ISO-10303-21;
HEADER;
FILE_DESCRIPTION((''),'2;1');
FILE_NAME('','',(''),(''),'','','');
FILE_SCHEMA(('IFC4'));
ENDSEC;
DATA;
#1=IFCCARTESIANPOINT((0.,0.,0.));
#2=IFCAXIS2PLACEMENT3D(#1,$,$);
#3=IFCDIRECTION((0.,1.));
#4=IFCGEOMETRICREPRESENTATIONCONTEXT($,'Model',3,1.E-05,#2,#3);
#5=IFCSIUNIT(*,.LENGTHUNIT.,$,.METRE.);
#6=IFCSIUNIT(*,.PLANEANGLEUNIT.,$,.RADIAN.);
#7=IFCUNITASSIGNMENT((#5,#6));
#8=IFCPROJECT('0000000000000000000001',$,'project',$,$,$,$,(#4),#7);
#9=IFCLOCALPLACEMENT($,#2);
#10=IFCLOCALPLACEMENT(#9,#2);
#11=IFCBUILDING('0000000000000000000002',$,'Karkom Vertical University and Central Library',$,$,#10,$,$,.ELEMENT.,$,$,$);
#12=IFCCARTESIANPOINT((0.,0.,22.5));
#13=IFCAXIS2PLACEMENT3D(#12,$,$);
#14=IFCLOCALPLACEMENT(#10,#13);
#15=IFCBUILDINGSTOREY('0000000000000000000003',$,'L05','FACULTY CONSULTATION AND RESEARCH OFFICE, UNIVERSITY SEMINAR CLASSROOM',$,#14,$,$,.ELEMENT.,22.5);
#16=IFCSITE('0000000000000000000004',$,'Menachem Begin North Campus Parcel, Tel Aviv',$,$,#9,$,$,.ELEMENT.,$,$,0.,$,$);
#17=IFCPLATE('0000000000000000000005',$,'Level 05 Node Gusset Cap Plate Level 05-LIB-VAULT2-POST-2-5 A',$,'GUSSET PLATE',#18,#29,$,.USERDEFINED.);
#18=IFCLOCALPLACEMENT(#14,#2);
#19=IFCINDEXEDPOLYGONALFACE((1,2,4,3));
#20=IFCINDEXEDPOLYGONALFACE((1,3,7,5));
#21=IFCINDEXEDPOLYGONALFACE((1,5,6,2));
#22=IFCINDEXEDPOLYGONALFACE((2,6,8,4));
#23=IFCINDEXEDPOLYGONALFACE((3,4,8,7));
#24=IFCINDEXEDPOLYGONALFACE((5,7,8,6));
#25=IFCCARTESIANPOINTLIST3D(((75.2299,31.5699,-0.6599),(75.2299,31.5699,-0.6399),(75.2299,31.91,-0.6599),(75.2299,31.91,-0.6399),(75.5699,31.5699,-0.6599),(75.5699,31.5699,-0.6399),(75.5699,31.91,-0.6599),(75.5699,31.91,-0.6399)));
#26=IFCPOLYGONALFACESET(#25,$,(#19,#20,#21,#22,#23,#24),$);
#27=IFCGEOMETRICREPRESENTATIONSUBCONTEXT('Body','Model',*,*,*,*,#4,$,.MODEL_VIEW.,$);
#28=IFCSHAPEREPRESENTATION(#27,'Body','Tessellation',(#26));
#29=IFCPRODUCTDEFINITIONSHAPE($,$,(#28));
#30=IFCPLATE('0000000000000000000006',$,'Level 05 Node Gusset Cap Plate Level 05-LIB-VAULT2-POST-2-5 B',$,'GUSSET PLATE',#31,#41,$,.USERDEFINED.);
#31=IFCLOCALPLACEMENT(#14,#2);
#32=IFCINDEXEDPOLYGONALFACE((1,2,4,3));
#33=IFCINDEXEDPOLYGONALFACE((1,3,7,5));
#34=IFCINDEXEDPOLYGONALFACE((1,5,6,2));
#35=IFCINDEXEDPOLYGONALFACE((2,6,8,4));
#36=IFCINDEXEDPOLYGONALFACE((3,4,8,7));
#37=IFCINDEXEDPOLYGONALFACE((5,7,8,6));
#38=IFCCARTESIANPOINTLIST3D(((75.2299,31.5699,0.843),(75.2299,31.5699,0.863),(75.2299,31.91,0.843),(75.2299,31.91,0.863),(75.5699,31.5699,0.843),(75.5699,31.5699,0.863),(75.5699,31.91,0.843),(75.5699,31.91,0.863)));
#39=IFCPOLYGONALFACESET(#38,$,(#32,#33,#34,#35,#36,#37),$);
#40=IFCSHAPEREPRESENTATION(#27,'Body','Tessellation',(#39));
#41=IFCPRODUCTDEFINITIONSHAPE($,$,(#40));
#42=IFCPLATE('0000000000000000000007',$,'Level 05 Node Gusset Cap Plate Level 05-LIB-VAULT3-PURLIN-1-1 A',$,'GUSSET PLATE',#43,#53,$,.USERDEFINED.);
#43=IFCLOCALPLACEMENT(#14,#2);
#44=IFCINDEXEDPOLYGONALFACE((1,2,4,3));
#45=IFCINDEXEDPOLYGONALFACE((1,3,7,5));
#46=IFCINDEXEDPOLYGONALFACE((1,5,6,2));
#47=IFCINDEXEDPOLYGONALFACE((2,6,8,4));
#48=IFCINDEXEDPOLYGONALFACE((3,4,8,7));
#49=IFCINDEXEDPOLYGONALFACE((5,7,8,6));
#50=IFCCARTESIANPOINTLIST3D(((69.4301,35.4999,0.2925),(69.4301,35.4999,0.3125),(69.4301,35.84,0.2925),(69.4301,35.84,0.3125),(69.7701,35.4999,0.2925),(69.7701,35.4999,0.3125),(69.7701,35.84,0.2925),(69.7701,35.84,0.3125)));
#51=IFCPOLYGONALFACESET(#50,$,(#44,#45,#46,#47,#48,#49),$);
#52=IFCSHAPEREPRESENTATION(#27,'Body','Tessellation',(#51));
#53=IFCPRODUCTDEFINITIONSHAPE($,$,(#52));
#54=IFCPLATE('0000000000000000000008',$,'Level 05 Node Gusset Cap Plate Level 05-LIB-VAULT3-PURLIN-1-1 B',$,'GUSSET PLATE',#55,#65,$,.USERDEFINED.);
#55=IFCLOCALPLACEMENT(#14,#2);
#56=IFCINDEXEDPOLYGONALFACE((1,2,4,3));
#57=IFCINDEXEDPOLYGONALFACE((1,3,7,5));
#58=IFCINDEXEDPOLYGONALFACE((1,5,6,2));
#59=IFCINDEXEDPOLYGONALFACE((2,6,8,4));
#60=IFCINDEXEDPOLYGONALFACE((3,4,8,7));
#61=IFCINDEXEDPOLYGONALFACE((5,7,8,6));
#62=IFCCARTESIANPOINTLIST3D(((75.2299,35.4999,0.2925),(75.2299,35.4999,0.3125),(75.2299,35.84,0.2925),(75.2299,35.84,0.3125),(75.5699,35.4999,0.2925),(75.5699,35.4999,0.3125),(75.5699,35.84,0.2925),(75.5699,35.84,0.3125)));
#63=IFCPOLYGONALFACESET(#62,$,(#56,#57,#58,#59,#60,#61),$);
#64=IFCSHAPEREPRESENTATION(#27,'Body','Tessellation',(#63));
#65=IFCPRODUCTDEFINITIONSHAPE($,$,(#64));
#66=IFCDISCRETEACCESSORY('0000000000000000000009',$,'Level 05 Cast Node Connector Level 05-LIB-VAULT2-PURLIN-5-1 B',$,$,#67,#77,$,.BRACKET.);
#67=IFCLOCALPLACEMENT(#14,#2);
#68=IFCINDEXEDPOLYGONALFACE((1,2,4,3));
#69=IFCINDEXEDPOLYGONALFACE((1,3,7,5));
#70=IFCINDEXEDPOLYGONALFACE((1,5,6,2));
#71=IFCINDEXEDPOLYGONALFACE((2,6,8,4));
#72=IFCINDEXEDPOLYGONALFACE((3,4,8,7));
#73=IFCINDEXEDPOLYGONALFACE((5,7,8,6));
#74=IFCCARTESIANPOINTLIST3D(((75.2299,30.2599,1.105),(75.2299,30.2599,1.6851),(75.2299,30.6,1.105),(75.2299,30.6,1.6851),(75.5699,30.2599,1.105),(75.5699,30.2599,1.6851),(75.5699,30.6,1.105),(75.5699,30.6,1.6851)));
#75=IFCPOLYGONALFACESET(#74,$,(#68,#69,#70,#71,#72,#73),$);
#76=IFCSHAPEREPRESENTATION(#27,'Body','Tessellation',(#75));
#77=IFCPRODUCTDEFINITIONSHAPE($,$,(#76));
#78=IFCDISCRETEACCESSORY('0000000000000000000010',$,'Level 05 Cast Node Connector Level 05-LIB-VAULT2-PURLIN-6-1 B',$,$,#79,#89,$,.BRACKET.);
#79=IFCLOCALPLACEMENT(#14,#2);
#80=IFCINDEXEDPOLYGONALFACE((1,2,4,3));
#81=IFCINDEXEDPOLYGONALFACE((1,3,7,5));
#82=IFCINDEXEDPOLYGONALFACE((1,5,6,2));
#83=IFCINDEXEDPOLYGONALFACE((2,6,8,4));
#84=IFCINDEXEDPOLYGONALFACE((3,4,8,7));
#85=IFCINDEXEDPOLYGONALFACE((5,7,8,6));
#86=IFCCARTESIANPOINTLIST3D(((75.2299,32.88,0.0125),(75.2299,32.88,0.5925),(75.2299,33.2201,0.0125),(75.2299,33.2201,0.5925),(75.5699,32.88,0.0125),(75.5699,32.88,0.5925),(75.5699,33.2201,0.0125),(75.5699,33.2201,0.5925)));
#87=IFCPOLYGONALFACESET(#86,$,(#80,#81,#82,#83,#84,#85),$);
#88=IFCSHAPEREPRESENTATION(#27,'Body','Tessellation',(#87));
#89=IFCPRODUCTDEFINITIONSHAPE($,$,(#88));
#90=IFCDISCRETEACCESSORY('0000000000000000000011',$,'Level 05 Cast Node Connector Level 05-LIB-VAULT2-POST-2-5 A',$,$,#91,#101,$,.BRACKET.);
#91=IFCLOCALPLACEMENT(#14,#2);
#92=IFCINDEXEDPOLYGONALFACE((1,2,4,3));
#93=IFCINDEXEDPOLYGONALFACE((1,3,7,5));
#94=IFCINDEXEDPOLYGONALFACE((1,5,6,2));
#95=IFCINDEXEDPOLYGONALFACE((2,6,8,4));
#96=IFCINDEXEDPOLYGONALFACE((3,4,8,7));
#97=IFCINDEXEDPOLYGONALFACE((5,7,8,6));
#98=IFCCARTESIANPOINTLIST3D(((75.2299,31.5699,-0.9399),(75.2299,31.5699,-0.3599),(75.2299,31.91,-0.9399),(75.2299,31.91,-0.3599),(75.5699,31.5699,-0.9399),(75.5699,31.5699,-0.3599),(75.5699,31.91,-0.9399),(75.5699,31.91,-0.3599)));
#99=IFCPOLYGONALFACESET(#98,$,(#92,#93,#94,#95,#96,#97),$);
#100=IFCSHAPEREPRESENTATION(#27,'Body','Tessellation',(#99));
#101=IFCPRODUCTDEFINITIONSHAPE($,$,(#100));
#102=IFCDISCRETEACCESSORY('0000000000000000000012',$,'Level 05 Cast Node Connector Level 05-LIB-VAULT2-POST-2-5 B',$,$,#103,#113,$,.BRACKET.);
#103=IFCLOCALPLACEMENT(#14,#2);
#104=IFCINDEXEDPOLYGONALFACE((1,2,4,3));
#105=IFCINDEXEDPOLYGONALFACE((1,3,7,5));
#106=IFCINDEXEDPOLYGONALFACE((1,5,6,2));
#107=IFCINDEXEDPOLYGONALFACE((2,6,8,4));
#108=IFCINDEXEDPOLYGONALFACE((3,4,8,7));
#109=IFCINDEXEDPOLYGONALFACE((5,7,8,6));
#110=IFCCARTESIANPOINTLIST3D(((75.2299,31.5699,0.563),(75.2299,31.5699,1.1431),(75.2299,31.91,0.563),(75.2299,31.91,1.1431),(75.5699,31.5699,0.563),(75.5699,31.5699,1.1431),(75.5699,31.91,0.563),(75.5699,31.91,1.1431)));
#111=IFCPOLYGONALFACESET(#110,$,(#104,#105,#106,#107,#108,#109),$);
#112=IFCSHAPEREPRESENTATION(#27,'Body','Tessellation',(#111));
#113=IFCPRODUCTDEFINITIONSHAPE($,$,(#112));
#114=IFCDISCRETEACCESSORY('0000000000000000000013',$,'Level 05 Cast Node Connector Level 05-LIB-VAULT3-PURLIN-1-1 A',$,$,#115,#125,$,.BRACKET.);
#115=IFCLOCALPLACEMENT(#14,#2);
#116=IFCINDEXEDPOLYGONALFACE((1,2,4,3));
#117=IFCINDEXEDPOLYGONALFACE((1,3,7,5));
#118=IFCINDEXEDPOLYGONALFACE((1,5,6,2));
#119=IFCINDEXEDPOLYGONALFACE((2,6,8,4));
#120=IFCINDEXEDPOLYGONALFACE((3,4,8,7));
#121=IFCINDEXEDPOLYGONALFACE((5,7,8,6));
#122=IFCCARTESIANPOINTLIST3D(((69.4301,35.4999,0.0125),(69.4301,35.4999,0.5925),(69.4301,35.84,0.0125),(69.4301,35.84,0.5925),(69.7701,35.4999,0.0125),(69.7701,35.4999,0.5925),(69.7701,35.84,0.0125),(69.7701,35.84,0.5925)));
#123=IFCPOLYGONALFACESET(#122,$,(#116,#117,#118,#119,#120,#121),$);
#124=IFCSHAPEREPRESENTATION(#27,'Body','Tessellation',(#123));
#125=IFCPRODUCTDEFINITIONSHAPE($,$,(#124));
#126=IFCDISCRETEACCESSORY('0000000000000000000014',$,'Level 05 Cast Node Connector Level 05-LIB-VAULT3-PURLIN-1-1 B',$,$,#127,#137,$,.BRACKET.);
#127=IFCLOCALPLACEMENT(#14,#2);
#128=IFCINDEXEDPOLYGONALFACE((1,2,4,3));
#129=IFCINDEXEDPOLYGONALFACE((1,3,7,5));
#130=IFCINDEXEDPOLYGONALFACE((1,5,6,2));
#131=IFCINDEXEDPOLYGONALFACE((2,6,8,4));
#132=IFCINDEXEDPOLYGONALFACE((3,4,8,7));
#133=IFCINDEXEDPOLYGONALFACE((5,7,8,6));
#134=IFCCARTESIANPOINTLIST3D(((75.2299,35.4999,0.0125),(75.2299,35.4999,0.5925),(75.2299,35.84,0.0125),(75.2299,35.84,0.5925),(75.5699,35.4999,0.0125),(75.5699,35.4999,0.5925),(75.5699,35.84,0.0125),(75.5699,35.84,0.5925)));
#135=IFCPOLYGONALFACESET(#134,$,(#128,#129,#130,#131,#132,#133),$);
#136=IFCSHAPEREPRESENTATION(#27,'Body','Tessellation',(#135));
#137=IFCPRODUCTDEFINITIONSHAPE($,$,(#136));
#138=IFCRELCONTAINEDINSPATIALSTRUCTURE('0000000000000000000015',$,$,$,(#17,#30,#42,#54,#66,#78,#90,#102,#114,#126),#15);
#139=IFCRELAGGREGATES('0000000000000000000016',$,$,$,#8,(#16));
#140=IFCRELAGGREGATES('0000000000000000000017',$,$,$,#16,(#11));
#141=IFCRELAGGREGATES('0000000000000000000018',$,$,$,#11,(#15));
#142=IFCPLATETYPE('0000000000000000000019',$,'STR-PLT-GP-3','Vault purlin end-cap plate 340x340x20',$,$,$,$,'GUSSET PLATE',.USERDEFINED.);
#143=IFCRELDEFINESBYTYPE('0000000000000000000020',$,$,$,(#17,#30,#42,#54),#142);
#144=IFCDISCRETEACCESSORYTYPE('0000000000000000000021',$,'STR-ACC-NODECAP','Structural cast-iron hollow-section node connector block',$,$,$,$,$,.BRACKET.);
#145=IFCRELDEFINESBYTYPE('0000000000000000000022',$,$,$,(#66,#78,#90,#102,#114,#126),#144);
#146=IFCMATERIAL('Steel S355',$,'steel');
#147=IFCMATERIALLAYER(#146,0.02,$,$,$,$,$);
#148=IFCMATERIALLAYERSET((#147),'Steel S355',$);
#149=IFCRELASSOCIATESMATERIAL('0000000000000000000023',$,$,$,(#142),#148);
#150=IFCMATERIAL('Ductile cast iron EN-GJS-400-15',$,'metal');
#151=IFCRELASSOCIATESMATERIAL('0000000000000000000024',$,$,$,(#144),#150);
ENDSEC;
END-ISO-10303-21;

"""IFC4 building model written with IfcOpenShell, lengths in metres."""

from ifc_helpers import new_model, si_unit, direction, frame, origin, origin_with_axes, origin_2d, place, context, subcontext, project, spatial, rectangle, extrude, source, transform, mapped, material, layer, layer_set, type_object, element, save


model = new_model("IFC4")

# Units and contexts
model_context = context("Model", 3, precision=1e-05, world=origin(), true_north=direction((0.0, 1.0)))
body_context = subcontext(model_context, "Body", "Model", "MODEL_VIEW")
ifc_project = project(units=[si_unit("LENGTHUNIT", "METRE"), si_unit("PLANEANGLEUNIT", "RADIAN")], contexts=[model_context])

# Site, building, storey
site_placement = place(None, origin())
site = spatial("IfcSite", under=ifc_project, at=site_placement, Name="Menachem Begin North Campus Parcel, Tel Aviv", CompositionType="ELEMENT", RefElevation=0.0)
building_placement = place(site_placement, origin())
building = spatial("IfcBuilding", under=site, at=building_placement, Name="Karkom Vertical University and Central Library", CompositionType="ELEMENT")
storey_placement = place(building_placement, frame((0.0, 0.0, 22.5)))
storey = spatial("IfcBuildingStorey", under=building, at=storey_placement, Name="L05", Description="FACULTY CONSULTATION AND RESEARCH OFFICE, UNIVERSITY SEMINAR CLASSROOM", CompositionType="ELEMENT", Elevation=22.5)

# Shared definitions
ifc_material_1 = material(Name="Steel S355", Category="steel")

# Plates
ifc_layer = layer(ifc_material_1, 0.02)
ifc_layer_set = layer_set([ifc_layer], Name="Steel S355")
plate_type = type_object("IfcPlateType", Name="STR-PLT-GP-3", Description="Vault purlin end-cap plate 340x340x20", ElementType="GUSSET PLATE", PredefinedType="USERDEFINED", material=ifc_layer_set)
shared_shape_1 = source(origin_with_axes(), body_context, "Body", "SweptSolid", [
    extrude(rectangle(XDim=0.3401, YDim=0.3401, at=origin_2d()), origin(), (0.0, 0.0, 1.0), 0.02),
])
for number, where, z_axis, x_axis, name in (
    (1, (75.3999, 31.74, -0.6599), (0.0, 0.0, 1.0), (1.0, 0.0, 0.0), "Level 05 Node Gusset Cap Plate Level 05-LIB-VAULT2-POST-2-5 A"),
    (2, (75.3999, 31.74, 0.843), (0.0, 0.0, 1.0), (1.0, 0.0, 0.0), "Level 05 Node Gusset Cap Plate Level 05-LIB-VAULT2-POST-2-5 B"),
    (3, (69.6001, 35.6699, 0.2925), (0.0, 0.0, 1.0), (1.0, 0.0, 0.0), "Level 05 Node Gusset Cap Plate Level 05-LIB-VAULT3-PURLIN-1-1 A"),
    (4, (75.3999, 35.6699, 0.2925), (0.0, 0.0, 1.0), (1.0, 0.0, 0.0), "Level 05 Node Gusset Cap Plate Level 05-LIB-VAULT3-PURLIN-1-1 B"),
):
    element("IfcPlate", number, at=place(storey_placement, frame(where, z_axis=z_axis, x_axis=x_axis)), inside=storey, type_object=plate_type, Name=name, ObjectType="GUSSET PLATE", PredefinedType="USERDEFINED", context=body_context, shape_type="MappedRepresentation", body=[
        mapped(shared_shape_1, transform((0.0, 0.0, 0.0), scale=1.0)),
    ])

# Discrete accessories
ifc_material_2 = material(Name="Ductile cast iron EN-GJS-400-15", Category="metal")
discrete_accessory_type = type_object("IfcDiscreteAccessoryType", Name="STR-ACC-NODECAP", Description="Structural cast-iron hollow-section node connector block", PredefinedType="BRACKET", material=ifc_material_2)
shared_shape_2 = source(origin_with_axes(), body_context, "Body", "SweptSolid", [
    extrude(rectangle(XDim=0.3401, YDim=0.3401, at=origin_2d()), origin(), (0.0, 0.0, 1.0), 0.5801),
])
for number, where, z_axis, x_axis, name in (
    (5, (75.3999, 30.4299, 1.105), (0.0, 0.0, 1.0), (1.0, 0.0, 0.0), "Level 05 Cast Node Connector Level 05-LIB-VAULT2-PURLIN-5-1 B"),
    (6, (75.3999, 33.05, 0.0125), (0.0, 0.0, 1.0), (1.0, 0.0, 0.0), "Level 05 Cast Node Connector Level 05-LIB-VAULT2-PURLIN-6-1 B"),
    (7, (75.3999, 31.74, -0.9399), (0.0, 0.0, 1.0), (1.0, 0.0, 0.0), "Level 05 Cast Node Connector Level 05-LIB-VAULT2-POST-2-5 A"),
    (8, (75.3999, 31.74, 0.563), (0.0, 0.0, 1.0), (1.0, 0.0, 0.0), "Level 05 Cast Node Connector Level 05-LIB-VAULT2-POST-2-5 B"),
    (9, (69.6001, 35.6699, 0.0125), (0.0, 0.0, 1.0), (1.0, 0.0, 0.0), "Level 05 Cast Node Connector Level 05-LIB-VAULT3-PURLIN-1-1 A"),
    (10, (75.3999, 35.6699, 0.0125), (0.0, 0.0, 1.0), (1.0, 0.0, 0.0), "Level 05 Cast Node Connector Level 05-LIB-VAULT3-PURLIN-1-1 B"),
):
    element("IfcDiscreteAccessory", number, at=place(storey_placement, frame(where, z_axis=z_axis, x_axis=x_axis)), inside=storey, type_object=discrete_accessory_type, Name=name, PredefinedType="BRACKET", context=body_context, shape_type="MappedRepresentation", body=[
        mapped(shared_shape_2, transform((0.0, 0.0, 0.0), scale=1.0)),
    ])

save(model, "model.ifc")
